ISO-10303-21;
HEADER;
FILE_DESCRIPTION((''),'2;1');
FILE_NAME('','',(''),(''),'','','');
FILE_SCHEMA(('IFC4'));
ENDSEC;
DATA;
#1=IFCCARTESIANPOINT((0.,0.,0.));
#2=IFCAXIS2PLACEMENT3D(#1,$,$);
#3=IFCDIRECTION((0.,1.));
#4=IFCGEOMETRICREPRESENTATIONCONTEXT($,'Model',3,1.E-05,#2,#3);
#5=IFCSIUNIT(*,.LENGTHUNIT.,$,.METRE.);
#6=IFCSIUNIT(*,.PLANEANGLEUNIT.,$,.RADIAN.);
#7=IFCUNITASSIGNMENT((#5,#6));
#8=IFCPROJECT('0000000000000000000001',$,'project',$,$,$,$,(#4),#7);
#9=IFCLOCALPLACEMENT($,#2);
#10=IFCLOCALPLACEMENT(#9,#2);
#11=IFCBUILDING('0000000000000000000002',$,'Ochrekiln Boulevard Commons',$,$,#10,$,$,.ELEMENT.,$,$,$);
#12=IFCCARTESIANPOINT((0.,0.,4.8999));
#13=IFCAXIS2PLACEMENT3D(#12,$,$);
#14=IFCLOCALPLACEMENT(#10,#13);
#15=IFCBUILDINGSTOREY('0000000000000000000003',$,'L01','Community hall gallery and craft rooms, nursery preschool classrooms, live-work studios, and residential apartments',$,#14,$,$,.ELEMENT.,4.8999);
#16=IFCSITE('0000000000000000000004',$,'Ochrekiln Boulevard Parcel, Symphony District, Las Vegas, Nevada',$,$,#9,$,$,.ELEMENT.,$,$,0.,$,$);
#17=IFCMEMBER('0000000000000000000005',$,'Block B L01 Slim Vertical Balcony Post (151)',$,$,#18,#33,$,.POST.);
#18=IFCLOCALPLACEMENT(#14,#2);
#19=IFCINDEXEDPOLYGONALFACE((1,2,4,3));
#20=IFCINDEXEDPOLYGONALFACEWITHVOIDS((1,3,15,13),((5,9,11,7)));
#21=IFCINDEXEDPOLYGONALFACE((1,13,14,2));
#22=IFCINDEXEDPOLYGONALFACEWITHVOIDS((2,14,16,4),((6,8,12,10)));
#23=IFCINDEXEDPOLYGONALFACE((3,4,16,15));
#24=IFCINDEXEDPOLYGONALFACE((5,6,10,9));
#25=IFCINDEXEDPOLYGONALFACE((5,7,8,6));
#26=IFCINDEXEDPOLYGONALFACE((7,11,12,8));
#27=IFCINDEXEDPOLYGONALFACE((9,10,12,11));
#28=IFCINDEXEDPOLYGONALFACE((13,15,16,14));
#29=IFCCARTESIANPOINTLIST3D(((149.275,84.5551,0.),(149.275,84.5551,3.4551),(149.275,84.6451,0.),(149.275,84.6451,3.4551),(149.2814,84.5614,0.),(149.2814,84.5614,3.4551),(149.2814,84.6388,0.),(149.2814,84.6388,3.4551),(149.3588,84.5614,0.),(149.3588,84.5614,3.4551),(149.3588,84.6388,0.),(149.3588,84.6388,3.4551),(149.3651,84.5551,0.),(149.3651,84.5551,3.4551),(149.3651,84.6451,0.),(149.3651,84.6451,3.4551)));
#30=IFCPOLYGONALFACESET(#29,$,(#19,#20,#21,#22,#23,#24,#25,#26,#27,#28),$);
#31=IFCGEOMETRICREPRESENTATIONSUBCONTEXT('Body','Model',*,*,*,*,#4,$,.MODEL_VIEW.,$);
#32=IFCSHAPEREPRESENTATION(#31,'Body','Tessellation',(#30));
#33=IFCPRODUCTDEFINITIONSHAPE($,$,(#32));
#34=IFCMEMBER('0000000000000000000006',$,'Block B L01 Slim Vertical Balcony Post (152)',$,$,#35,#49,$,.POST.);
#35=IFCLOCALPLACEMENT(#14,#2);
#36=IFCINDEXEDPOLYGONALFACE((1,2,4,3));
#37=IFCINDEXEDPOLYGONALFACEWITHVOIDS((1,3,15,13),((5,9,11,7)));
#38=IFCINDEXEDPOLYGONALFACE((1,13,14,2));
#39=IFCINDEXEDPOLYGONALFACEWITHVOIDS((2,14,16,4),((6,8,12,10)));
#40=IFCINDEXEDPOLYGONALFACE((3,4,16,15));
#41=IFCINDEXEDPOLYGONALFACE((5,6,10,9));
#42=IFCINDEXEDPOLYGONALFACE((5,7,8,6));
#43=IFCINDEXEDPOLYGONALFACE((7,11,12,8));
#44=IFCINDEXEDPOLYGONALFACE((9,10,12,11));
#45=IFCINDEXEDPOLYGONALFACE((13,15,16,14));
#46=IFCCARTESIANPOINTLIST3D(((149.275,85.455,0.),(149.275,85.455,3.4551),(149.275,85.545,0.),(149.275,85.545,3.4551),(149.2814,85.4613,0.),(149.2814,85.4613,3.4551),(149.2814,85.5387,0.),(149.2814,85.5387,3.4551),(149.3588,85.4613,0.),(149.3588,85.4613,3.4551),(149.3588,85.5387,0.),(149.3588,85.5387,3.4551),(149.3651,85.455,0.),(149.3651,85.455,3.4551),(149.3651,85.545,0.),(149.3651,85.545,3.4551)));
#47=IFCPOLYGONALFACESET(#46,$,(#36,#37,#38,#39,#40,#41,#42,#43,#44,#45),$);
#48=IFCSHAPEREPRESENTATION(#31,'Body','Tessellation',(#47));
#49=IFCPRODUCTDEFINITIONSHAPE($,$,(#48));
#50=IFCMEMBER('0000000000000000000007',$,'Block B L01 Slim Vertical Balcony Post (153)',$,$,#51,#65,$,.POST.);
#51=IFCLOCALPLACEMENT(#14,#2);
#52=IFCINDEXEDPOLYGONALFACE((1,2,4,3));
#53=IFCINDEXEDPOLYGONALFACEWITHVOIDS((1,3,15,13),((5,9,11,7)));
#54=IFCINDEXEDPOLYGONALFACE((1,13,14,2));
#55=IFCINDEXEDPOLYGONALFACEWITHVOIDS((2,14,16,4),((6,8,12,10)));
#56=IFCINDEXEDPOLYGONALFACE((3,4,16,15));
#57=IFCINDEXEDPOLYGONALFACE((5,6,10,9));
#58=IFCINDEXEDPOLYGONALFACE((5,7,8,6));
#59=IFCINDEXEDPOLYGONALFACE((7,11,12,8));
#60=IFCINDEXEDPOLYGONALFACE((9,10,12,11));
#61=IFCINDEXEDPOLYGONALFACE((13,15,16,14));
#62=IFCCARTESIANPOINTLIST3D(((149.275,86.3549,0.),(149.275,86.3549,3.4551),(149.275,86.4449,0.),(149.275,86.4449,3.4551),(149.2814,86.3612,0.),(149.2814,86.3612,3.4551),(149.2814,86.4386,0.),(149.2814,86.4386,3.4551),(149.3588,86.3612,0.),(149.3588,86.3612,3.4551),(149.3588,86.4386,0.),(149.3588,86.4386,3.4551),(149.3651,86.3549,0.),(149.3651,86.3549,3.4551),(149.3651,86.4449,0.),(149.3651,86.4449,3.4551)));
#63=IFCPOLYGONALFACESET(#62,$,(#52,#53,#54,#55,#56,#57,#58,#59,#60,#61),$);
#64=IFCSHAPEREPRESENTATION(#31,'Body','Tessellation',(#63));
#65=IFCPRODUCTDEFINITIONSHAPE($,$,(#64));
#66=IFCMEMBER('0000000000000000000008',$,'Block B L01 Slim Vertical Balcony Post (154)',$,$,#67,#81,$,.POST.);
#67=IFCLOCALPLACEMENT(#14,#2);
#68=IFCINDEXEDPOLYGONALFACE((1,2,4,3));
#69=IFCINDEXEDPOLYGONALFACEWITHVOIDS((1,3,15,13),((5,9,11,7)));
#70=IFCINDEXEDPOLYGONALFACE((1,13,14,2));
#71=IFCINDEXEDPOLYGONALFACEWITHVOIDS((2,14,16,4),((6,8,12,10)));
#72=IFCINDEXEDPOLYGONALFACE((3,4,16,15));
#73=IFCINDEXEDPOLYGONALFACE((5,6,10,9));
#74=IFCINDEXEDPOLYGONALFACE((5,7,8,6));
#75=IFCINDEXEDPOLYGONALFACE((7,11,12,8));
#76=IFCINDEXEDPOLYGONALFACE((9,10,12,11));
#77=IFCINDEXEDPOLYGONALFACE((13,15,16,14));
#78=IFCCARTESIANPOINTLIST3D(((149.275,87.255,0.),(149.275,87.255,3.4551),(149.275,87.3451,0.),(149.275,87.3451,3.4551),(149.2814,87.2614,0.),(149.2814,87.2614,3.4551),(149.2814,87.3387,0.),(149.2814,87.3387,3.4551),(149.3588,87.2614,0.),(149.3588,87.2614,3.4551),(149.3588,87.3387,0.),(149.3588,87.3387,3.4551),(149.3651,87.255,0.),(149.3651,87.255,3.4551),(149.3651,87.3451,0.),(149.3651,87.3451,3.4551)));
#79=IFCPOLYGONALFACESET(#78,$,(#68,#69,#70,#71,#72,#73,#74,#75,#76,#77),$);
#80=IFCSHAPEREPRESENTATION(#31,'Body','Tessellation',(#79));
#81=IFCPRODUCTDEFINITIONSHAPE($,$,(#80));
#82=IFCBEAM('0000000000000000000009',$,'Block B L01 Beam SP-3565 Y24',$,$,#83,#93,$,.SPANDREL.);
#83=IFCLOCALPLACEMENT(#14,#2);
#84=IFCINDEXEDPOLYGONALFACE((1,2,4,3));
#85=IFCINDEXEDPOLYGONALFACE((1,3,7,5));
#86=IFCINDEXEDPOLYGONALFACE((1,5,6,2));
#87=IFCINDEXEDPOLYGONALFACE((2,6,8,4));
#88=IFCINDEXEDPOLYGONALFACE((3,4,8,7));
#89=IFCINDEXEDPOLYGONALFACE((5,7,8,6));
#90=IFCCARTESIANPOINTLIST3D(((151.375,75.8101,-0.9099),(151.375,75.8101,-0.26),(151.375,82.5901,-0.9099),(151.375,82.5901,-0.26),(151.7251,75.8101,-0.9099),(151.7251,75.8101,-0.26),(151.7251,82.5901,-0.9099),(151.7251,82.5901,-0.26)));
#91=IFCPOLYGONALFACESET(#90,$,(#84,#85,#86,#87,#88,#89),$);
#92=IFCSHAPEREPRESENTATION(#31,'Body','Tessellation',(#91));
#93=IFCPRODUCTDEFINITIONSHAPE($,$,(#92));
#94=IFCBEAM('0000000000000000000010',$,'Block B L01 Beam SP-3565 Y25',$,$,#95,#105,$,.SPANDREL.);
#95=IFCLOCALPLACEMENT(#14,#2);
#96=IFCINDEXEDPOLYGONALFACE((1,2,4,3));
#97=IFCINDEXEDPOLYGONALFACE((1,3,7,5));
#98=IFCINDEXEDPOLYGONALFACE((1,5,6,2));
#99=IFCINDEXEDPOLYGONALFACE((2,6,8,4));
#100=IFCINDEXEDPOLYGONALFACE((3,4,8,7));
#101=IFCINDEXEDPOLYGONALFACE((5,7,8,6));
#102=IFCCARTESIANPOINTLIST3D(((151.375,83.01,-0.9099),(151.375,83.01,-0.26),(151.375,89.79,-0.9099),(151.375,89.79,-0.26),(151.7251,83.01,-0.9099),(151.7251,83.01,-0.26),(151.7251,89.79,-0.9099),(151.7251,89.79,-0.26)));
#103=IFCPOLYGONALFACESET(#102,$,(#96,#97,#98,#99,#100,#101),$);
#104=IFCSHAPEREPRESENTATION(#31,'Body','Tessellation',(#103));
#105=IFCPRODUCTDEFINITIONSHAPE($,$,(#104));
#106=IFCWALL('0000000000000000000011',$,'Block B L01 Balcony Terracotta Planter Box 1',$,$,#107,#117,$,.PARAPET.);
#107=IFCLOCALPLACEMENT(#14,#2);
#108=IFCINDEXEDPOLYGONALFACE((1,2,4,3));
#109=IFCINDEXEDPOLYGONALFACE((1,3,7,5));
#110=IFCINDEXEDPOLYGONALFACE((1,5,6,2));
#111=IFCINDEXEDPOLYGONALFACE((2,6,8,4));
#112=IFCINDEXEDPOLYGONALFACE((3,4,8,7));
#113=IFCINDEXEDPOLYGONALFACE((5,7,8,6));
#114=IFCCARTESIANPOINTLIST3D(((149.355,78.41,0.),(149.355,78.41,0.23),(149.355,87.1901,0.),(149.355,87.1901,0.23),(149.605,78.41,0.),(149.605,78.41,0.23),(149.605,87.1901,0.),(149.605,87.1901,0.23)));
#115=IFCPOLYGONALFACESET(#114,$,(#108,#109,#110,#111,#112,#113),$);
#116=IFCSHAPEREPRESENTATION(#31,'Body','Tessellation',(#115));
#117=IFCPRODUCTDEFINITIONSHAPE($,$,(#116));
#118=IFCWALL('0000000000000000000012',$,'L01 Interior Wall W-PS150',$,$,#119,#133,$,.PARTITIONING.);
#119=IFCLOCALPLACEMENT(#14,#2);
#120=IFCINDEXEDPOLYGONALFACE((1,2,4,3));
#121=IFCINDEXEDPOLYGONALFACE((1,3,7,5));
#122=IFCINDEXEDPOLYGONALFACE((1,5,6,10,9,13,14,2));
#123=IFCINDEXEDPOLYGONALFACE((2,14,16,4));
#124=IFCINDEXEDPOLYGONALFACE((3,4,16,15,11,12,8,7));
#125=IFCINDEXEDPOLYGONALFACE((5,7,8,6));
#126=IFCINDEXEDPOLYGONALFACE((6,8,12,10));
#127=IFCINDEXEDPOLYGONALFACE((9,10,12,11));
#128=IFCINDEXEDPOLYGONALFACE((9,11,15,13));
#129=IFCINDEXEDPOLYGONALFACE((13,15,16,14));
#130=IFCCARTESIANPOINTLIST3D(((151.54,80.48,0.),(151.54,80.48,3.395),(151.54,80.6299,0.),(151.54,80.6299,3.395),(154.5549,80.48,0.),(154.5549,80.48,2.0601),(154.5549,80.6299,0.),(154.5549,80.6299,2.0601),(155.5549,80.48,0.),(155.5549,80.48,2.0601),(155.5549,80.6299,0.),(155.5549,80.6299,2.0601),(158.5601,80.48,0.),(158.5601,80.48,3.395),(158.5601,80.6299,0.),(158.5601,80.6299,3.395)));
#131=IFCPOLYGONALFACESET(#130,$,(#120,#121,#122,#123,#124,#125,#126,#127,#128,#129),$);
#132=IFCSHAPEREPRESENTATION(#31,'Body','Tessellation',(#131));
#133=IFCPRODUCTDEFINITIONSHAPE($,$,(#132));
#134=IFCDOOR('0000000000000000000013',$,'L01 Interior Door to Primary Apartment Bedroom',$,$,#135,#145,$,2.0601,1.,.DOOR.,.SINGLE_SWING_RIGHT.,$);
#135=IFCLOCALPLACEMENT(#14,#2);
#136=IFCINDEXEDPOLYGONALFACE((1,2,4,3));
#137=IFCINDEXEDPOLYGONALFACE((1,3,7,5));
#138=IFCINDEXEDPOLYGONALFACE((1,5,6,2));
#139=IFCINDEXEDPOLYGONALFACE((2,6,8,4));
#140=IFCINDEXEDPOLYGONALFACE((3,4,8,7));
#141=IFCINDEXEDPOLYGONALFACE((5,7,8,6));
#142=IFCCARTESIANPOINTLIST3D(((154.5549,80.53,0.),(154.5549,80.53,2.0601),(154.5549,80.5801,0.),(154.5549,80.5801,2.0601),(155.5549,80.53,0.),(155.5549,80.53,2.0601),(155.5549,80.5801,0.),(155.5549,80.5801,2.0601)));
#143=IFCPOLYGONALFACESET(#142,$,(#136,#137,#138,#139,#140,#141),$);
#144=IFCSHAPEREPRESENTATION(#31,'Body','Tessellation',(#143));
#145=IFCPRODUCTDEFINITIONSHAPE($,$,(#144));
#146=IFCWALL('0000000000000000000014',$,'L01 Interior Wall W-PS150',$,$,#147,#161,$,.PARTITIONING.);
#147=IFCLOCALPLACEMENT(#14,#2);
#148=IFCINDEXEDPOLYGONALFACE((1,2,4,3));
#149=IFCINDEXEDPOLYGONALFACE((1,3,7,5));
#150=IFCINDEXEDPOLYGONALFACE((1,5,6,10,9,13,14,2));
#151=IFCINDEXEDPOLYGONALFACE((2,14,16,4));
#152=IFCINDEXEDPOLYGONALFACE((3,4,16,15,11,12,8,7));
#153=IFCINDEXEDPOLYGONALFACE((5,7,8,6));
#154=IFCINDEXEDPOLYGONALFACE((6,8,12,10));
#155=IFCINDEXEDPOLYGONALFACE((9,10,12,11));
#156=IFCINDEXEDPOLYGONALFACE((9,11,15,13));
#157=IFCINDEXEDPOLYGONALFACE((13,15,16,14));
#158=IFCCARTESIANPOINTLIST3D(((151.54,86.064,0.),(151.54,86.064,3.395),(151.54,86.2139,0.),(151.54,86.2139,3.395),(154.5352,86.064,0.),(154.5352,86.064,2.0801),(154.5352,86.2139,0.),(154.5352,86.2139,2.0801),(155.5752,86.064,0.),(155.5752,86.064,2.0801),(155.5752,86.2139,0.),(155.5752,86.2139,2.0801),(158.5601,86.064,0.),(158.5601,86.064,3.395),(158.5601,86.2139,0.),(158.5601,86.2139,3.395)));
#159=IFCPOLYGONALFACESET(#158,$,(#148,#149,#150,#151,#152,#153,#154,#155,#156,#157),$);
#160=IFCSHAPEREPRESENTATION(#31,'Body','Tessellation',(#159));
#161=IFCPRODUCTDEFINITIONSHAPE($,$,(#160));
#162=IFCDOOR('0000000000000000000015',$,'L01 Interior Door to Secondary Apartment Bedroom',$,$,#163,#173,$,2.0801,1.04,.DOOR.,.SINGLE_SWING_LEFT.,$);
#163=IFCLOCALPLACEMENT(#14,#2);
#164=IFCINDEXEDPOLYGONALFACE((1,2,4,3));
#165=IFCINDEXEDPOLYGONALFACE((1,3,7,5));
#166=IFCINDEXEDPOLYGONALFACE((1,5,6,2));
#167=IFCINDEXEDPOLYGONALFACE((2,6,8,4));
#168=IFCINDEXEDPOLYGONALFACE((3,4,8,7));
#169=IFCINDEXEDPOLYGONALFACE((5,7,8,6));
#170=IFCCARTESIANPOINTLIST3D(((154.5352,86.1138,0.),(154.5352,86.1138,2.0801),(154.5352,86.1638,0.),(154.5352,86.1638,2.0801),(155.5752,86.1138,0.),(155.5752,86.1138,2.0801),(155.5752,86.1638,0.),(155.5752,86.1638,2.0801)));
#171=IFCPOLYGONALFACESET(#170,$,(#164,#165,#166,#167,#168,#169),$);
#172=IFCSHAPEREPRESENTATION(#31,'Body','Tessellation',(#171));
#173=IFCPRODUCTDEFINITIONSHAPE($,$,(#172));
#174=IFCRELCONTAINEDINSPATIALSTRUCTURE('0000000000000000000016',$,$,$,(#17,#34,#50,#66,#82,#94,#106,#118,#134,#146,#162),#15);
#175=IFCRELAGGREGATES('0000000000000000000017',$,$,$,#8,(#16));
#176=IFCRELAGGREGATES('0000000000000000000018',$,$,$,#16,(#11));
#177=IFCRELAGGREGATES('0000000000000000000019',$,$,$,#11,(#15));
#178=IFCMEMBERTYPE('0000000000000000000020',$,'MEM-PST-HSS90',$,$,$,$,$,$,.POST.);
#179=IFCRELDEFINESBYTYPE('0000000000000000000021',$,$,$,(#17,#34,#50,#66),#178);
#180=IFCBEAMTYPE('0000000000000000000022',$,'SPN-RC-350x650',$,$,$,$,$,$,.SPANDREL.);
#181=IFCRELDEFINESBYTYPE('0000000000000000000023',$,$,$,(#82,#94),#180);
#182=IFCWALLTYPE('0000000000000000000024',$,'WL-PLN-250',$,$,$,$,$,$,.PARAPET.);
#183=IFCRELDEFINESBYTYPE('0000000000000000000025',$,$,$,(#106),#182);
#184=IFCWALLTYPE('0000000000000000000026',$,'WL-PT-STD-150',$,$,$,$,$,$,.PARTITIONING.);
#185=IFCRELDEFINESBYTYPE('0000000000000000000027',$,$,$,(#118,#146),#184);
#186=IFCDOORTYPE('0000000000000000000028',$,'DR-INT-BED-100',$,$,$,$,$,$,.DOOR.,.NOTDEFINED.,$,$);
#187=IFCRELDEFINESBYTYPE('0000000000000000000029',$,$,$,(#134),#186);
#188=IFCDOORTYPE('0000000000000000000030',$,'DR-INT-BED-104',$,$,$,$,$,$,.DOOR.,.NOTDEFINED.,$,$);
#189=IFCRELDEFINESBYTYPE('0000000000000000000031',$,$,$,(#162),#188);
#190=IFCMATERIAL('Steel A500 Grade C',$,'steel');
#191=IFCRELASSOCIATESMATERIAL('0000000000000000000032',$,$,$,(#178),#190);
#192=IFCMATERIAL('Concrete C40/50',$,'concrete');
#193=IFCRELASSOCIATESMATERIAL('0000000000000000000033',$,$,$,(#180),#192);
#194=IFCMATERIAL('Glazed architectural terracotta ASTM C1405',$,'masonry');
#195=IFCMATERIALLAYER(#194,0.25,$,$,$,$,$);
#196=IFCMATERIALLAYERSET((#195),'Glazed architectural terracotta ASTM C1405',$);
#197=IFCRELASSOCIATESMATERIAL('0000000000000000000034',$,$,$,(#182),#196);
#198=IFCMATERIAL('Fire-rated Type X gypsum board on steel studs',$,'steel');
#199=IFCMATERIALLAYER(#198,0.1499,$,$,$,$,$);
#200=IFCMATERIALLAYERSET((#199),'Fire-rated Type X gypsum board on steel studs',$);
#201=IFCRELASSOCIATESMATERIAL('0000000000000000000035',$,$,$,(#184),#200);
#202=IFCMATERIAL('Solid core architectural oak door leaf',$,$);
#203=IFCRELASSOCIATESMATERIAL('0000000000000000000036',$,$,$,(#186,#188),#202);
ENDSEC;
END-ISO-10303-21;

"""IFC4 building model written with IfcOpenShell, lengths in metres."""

from ifc_helpers import new_model, si_unit, direction, frame, frame_2d, origin, origin_2d, place, context, subcontext, project, spatial, rectangle, hollow_rectangle, extrude, material, layer, layer_set, material_profile, profile_set, type_object, element, fill, save


model = new_model("IFC4")

# Units and contexts
model_context = context("Model", 3, precision=1e-05, world=origin(), true_north=direction((0.0, 1.0)))
body_context = subcontext(model_context, "Body", "Model", "MODEL_VIEW")
ifc_project = project(units=[si_unit("LENGTHUNIT", "METRE"), si_unit("PLANEANGLEUNIT", "RADIAN")], contexts=[model_context])

# Site, building, storey
site_placement = place(None, origin())
site = spatial("IfcSite", under=ifc_project, at=site_placement, Name="Ochrekiln Boulevard Parcel, Symphony District, Las Vegas, Nevada", CompositionType="ELEMENT", RefElevation=0.0)
building_placement = place(site_placement, origin())
building = spatial("IfcBuilding", under=site, at=building_placement, Name="Ochrekiln Boulevard Commons", CompositionType="ELEMENT")
storey_placement = place(building_placement, frame((0.0, 0.0, 4.8999)))
storey = spatial("IfcBuildingStorey", under=building, at=storey_placement, Name="L01", Description="Community hall gallery and craft rooms, nursery preschool classrooms, live-work studios, and residential apartments", CompositionType="ELEMENT", Elevation=4.8999)

# Shared definitions
ifc_material_1 = material(Name="Concrete C40/50", Category="concrete")

# Members
ifc_material_2 = material(Name="Steel A500 Grade C", Category="steel")
ifc_material_profile_1 = material_profile(ifc_material_2, hollow_rectangle(XDim=0.0901, YDim=0.0901, WallThickness=0.0063, at=origin_2d()), Name="HSS90X90X6.4")
ifc_profile_set_1 = profile_set([ifc_material_profile_1], Name="Steel A500 Grade C")
member_type = type_object("IfcMemberType", Name="MEM-PST-HSS90", PredefinedType="POST", material=ifc_profile_set_1)
for number, where, z_axis, x_axis, name in (
    (1, (149.3201, 84.6001, 0.0), (0.0, 0.0, 1.0), (1.0, 0.0, 0.0), "Block B L01 Slim Vertical Balcony Post (151)"),
    (2, (149.3201, 85.5, 0.0), (0.0, 0.0, 1.0), (1.0, 0.0, 0.0), "Block B L01 Slim Vertical Balcony Post (152)"),
    (3, (149.3201, 86.3999, 0.0), (0.0, 0.0, 1.0), (1.0, 0.0, 0.0), "Block B L01 Slim Vertical Balcony Post (153)"),
    (4, (149.3201, 87.3, 0.0), (0.0, 0.0, 1.0), (1.0, 0.0, 0.0), "Block B L01 Slim Vertical Balcony Post (154)"),
):
    element("IfcMember", number, at=place(storey_placement, frame(where, z_axis=z_axis, x_axis=x_axis)), inside=storey, type_object=member_type, Name=name, PredefinedType="POST", context=body_context, shape_type="SweptSolid", body=[
        extrude(hollow_rectangle(XDim=0.0901, YDim=0.0901, WallThickness=0.0063, at=origin_2d()), origin(), (0.0, 0.0, 1.0), 3.4551),
    ])

# Beams
ifc_material_profile_2 = material_profile(ifc_material_1, rectangle(XDim=0.3501, YDim=0.6499, at=origin_2d()), Name="RC-SPN-350x650")
ifc_profile_set_2 = profile_set([ifc_material_profile_2], Name="Concrete C40/50")
beam_type_1 = type_object("IfcBeamType", Name="SPN-RC-350x650", PredefinedType="SPANDREL", material=ifc_profile_set_2)
for number, where, z_axis, x_axis, name in (
    (5, (151.55, 75.8101, -0.585), (0.0, 1.0, 0.0), (-1.0, 0.0, 0.0), "Block B L01 Beam SP-3565 Y24"),
    (6, (151.55, 83.01, -0.585), (0.0, 1.0, 0.0), (-1.0, 0.0, 0.0), "Block B L01 Beam SP-3565 Y25"),
):
    element("IfcBeam", number, at=place(storey_placement, frame(where, z_axis=z_axis, x_axis=x_axis)), inside=storey, type_object=beam_type_1, Name=name, PredefinedType="SPANDREL", context=body_context, shape_type="SweptSolid", body=[
        extrude(rectangle(XDim=0.3501, YDim=0.6499, at=origin_2d()), origin(), (0.0, 0.0, 1.0), 6.78),
    ])

# Wall
ifc_material_3 = material(Name="Glazed architectural terracotta ASTM C1405", Category="masonry")
ifc_layer_1 = layer(ifc_material_3, 0.25)
ifc_layer_set_1 = layer_set([ifc_layer_1], Name="Glazed architectural terracotta ASTM C1405")
wall_type_1 = type_object("IfcWallType", Name="WL-PLN-250", PredefinedType="PARAPET", material=ifc_layer_set_1)
wall_1_placement = place(storey_placement, frame((149.48, 78.4099, 0.0), z_axis=(0.0, 0.0, 1.0), x_axis=(0.0, 1.0, 0.0)))
element("IfcWall", 7, at=wall_1_placement, inside=storey, type_object=wall_type_1, Name="Block B L01 Balcony Terracotta Planter Box 1", PredefinedType="PARAPET", context=body_context, shape_type="SweptSolid", body=[
    extrude(rectangle(XDim=8.78, YDim=0.25, at=frame_2d((4.3901, 0.0))), origin(), (0.0, 0.0, 1.0), 0.23),
])

# Walls, openings, doors
ifc_material_4 = material(Name="Fire-rated Type X gypsum board on steel studs", Category="steel")
ifc_layer_2 = layer(ifc_material_4, 0.1499)
ifc_layer_set_2 = layer_set([ifc_layer_2], Name="Fire-rated Type X gypsum board on steel studs")
wall_type_2 = type_object("IfcWallType", Name="WL-PT-STD-150", PredefinedType="PARTITIONING", material=ifc_layer_set_2)
wall_2_placement = place(storey_placement, frame((151.54, 80.5549, 0.0), z_axis=(0.0, 0.0, 1.0), x_axis=(1.0, 0.0, 0.0)))
wall_2 = element("IfcWall", 8, at=wall_2_placement, inside=storey, type_object=wall_type_2, Name="L01 Interior Wall W-PS150", PredefinedType="PARTITIONING", context=body_context, shape_type="SweptSolid", body=[
    extrude(rectangle(XDim=7.02, YDim=0.1499, at=frame_2d((3.51, 0.0))), origin(), (0.0, 0.0, 1.0), 3.395),
])
opening_1_placement = place(wall_2_placement, frame((3.0149, 0.0, 0.0)))
opening_1 = element("IfcOpeningElement", 9, at=opening_1_placement, cuts=wall_2, PredefinedType="OPENING", context=body_context, shape_type="SweptSolid", body=[
    extrude(rectangle(XDim=1.0, YDim=2.0601, at=frame_2d((0.5, 1.03))), frame((0.0, 0.085, 0.0), z_axis=(0.0, -1.0, 0.0), x_axis=(1.0, 0.0, 0.0)), (0.0, 0.0, 1.0), 0.1699),
])
ifc_material_5 = material(Name="Solid core architectural oak door leaf")
door_type_1 = type_object("IfcDoorType", Name="DR-INT-BED-100", OperationType="NOTDEFINED", PredefinedType="DOOR", material=ifc_material_5)
door_1_placement = place(opening_1_placement, frame((1.0, 0.0, 0.0), z_axis=(0.0, 0.0, 1.0), x_axis=(-1.0, 0.0, 0.0)))
door_1 = element("IfcDoor", 10, at=door_1_placement, inside=storey, type_object=door_type_1, Name="L01 Interior Door to Primary Apartment Bedroom", OperationType="SINGLE_SWING_RIGHT", OverallHeight=2.0601, OverallWidth=1.0, PredefinedType="DOOR", context=body_context, shape_type="SweptSolid", body=[
    extrude(rectangle(XDim=1.0, YDim=2.0601, at=frame_2d((0.5, 1.03))), frame((0.0, 0.0249, 0.0), z_axis=(0.0, -1.0, 0.0), x_axis=(1.0, 0.0, 0.0)), (0.0, 0.0, 1.0), 0.05),
])
fill(opening_1, door_1)
wall_3_placement = place(storey_placement, frame((151.54, 86.1389, 0.0), z_axis=(0.0, 0.0, 1.0), x_axis=(1.0, 0.0, 0.0)))
wall_3 = element("IfcWall", 11, at=wall_3_placement, inside=storey, type_object=wall_type_2, Name="L01 Interior Wall W-PS150", PredefinedType="PARTITIONING", context=body_context, shape_type="SweptSolid", body=[
    extrude(rectangle(XDim=7.02, YDim=0.1499, at=frame_2d((3.51, 0.0))), origin(), (0.0, 0.0, 1.0), 3.395),
])
opening_2_placement = place(wall_3_placement, frame((2.9951, 0.0, 0.0)))
opening_2 = element("IfcOpeningElement", 12, at=opening_2_placement, cuts=wall_3, PredefinedType="OPENING", context=body_context, shape_type="SweptSolid", body=[
    extrude(rectangle(XDim=1.04, YDim=2.0801, at=frame_2d((0.52, 1.04))), frame((0.0, 0.085, 0.0), z_axis=(0.0, -1.0, 0.0), x_axis=(1.0, 0.0, 0.0)), (0.0, 0.0, 1.0), 0.1699),
])
door_type_2 = type_object("IfcDoorType", Name="DR-INT-BED-104", OperationType="NOTDEFINED", PredefinedType="DOOR", material=ifc_material_5)
door_2_placement = place(opening_2_placement, origin())
door_2 = element("IfcDoor", 13, at=door_2_placement, inside=storey, type_object=door_type_2, Name="L01 Interior Door to Secondary Apartment Bedroom", OperationType="SINGLE_SWING_LEFT", OverallHeight=2.0801, OverallWidth=1.04, PredefinedType="DOOR", context=body_context, shape_type="SweptSolid", body=[
    extrude(rectangle(XDim=1.04, YDim=2.0801, at=frame_2d((0.52, 1.04))), frame((0.0, 0.0249, 0.0), z_axis=(0.0, -1.0, 0.0), x_axis=(1.0, 0.0, 0.0)), (0.0, 0.0, 1.0), 0.05),
])
fill(opening_2, door_2)

save(model, "model.ifc")
